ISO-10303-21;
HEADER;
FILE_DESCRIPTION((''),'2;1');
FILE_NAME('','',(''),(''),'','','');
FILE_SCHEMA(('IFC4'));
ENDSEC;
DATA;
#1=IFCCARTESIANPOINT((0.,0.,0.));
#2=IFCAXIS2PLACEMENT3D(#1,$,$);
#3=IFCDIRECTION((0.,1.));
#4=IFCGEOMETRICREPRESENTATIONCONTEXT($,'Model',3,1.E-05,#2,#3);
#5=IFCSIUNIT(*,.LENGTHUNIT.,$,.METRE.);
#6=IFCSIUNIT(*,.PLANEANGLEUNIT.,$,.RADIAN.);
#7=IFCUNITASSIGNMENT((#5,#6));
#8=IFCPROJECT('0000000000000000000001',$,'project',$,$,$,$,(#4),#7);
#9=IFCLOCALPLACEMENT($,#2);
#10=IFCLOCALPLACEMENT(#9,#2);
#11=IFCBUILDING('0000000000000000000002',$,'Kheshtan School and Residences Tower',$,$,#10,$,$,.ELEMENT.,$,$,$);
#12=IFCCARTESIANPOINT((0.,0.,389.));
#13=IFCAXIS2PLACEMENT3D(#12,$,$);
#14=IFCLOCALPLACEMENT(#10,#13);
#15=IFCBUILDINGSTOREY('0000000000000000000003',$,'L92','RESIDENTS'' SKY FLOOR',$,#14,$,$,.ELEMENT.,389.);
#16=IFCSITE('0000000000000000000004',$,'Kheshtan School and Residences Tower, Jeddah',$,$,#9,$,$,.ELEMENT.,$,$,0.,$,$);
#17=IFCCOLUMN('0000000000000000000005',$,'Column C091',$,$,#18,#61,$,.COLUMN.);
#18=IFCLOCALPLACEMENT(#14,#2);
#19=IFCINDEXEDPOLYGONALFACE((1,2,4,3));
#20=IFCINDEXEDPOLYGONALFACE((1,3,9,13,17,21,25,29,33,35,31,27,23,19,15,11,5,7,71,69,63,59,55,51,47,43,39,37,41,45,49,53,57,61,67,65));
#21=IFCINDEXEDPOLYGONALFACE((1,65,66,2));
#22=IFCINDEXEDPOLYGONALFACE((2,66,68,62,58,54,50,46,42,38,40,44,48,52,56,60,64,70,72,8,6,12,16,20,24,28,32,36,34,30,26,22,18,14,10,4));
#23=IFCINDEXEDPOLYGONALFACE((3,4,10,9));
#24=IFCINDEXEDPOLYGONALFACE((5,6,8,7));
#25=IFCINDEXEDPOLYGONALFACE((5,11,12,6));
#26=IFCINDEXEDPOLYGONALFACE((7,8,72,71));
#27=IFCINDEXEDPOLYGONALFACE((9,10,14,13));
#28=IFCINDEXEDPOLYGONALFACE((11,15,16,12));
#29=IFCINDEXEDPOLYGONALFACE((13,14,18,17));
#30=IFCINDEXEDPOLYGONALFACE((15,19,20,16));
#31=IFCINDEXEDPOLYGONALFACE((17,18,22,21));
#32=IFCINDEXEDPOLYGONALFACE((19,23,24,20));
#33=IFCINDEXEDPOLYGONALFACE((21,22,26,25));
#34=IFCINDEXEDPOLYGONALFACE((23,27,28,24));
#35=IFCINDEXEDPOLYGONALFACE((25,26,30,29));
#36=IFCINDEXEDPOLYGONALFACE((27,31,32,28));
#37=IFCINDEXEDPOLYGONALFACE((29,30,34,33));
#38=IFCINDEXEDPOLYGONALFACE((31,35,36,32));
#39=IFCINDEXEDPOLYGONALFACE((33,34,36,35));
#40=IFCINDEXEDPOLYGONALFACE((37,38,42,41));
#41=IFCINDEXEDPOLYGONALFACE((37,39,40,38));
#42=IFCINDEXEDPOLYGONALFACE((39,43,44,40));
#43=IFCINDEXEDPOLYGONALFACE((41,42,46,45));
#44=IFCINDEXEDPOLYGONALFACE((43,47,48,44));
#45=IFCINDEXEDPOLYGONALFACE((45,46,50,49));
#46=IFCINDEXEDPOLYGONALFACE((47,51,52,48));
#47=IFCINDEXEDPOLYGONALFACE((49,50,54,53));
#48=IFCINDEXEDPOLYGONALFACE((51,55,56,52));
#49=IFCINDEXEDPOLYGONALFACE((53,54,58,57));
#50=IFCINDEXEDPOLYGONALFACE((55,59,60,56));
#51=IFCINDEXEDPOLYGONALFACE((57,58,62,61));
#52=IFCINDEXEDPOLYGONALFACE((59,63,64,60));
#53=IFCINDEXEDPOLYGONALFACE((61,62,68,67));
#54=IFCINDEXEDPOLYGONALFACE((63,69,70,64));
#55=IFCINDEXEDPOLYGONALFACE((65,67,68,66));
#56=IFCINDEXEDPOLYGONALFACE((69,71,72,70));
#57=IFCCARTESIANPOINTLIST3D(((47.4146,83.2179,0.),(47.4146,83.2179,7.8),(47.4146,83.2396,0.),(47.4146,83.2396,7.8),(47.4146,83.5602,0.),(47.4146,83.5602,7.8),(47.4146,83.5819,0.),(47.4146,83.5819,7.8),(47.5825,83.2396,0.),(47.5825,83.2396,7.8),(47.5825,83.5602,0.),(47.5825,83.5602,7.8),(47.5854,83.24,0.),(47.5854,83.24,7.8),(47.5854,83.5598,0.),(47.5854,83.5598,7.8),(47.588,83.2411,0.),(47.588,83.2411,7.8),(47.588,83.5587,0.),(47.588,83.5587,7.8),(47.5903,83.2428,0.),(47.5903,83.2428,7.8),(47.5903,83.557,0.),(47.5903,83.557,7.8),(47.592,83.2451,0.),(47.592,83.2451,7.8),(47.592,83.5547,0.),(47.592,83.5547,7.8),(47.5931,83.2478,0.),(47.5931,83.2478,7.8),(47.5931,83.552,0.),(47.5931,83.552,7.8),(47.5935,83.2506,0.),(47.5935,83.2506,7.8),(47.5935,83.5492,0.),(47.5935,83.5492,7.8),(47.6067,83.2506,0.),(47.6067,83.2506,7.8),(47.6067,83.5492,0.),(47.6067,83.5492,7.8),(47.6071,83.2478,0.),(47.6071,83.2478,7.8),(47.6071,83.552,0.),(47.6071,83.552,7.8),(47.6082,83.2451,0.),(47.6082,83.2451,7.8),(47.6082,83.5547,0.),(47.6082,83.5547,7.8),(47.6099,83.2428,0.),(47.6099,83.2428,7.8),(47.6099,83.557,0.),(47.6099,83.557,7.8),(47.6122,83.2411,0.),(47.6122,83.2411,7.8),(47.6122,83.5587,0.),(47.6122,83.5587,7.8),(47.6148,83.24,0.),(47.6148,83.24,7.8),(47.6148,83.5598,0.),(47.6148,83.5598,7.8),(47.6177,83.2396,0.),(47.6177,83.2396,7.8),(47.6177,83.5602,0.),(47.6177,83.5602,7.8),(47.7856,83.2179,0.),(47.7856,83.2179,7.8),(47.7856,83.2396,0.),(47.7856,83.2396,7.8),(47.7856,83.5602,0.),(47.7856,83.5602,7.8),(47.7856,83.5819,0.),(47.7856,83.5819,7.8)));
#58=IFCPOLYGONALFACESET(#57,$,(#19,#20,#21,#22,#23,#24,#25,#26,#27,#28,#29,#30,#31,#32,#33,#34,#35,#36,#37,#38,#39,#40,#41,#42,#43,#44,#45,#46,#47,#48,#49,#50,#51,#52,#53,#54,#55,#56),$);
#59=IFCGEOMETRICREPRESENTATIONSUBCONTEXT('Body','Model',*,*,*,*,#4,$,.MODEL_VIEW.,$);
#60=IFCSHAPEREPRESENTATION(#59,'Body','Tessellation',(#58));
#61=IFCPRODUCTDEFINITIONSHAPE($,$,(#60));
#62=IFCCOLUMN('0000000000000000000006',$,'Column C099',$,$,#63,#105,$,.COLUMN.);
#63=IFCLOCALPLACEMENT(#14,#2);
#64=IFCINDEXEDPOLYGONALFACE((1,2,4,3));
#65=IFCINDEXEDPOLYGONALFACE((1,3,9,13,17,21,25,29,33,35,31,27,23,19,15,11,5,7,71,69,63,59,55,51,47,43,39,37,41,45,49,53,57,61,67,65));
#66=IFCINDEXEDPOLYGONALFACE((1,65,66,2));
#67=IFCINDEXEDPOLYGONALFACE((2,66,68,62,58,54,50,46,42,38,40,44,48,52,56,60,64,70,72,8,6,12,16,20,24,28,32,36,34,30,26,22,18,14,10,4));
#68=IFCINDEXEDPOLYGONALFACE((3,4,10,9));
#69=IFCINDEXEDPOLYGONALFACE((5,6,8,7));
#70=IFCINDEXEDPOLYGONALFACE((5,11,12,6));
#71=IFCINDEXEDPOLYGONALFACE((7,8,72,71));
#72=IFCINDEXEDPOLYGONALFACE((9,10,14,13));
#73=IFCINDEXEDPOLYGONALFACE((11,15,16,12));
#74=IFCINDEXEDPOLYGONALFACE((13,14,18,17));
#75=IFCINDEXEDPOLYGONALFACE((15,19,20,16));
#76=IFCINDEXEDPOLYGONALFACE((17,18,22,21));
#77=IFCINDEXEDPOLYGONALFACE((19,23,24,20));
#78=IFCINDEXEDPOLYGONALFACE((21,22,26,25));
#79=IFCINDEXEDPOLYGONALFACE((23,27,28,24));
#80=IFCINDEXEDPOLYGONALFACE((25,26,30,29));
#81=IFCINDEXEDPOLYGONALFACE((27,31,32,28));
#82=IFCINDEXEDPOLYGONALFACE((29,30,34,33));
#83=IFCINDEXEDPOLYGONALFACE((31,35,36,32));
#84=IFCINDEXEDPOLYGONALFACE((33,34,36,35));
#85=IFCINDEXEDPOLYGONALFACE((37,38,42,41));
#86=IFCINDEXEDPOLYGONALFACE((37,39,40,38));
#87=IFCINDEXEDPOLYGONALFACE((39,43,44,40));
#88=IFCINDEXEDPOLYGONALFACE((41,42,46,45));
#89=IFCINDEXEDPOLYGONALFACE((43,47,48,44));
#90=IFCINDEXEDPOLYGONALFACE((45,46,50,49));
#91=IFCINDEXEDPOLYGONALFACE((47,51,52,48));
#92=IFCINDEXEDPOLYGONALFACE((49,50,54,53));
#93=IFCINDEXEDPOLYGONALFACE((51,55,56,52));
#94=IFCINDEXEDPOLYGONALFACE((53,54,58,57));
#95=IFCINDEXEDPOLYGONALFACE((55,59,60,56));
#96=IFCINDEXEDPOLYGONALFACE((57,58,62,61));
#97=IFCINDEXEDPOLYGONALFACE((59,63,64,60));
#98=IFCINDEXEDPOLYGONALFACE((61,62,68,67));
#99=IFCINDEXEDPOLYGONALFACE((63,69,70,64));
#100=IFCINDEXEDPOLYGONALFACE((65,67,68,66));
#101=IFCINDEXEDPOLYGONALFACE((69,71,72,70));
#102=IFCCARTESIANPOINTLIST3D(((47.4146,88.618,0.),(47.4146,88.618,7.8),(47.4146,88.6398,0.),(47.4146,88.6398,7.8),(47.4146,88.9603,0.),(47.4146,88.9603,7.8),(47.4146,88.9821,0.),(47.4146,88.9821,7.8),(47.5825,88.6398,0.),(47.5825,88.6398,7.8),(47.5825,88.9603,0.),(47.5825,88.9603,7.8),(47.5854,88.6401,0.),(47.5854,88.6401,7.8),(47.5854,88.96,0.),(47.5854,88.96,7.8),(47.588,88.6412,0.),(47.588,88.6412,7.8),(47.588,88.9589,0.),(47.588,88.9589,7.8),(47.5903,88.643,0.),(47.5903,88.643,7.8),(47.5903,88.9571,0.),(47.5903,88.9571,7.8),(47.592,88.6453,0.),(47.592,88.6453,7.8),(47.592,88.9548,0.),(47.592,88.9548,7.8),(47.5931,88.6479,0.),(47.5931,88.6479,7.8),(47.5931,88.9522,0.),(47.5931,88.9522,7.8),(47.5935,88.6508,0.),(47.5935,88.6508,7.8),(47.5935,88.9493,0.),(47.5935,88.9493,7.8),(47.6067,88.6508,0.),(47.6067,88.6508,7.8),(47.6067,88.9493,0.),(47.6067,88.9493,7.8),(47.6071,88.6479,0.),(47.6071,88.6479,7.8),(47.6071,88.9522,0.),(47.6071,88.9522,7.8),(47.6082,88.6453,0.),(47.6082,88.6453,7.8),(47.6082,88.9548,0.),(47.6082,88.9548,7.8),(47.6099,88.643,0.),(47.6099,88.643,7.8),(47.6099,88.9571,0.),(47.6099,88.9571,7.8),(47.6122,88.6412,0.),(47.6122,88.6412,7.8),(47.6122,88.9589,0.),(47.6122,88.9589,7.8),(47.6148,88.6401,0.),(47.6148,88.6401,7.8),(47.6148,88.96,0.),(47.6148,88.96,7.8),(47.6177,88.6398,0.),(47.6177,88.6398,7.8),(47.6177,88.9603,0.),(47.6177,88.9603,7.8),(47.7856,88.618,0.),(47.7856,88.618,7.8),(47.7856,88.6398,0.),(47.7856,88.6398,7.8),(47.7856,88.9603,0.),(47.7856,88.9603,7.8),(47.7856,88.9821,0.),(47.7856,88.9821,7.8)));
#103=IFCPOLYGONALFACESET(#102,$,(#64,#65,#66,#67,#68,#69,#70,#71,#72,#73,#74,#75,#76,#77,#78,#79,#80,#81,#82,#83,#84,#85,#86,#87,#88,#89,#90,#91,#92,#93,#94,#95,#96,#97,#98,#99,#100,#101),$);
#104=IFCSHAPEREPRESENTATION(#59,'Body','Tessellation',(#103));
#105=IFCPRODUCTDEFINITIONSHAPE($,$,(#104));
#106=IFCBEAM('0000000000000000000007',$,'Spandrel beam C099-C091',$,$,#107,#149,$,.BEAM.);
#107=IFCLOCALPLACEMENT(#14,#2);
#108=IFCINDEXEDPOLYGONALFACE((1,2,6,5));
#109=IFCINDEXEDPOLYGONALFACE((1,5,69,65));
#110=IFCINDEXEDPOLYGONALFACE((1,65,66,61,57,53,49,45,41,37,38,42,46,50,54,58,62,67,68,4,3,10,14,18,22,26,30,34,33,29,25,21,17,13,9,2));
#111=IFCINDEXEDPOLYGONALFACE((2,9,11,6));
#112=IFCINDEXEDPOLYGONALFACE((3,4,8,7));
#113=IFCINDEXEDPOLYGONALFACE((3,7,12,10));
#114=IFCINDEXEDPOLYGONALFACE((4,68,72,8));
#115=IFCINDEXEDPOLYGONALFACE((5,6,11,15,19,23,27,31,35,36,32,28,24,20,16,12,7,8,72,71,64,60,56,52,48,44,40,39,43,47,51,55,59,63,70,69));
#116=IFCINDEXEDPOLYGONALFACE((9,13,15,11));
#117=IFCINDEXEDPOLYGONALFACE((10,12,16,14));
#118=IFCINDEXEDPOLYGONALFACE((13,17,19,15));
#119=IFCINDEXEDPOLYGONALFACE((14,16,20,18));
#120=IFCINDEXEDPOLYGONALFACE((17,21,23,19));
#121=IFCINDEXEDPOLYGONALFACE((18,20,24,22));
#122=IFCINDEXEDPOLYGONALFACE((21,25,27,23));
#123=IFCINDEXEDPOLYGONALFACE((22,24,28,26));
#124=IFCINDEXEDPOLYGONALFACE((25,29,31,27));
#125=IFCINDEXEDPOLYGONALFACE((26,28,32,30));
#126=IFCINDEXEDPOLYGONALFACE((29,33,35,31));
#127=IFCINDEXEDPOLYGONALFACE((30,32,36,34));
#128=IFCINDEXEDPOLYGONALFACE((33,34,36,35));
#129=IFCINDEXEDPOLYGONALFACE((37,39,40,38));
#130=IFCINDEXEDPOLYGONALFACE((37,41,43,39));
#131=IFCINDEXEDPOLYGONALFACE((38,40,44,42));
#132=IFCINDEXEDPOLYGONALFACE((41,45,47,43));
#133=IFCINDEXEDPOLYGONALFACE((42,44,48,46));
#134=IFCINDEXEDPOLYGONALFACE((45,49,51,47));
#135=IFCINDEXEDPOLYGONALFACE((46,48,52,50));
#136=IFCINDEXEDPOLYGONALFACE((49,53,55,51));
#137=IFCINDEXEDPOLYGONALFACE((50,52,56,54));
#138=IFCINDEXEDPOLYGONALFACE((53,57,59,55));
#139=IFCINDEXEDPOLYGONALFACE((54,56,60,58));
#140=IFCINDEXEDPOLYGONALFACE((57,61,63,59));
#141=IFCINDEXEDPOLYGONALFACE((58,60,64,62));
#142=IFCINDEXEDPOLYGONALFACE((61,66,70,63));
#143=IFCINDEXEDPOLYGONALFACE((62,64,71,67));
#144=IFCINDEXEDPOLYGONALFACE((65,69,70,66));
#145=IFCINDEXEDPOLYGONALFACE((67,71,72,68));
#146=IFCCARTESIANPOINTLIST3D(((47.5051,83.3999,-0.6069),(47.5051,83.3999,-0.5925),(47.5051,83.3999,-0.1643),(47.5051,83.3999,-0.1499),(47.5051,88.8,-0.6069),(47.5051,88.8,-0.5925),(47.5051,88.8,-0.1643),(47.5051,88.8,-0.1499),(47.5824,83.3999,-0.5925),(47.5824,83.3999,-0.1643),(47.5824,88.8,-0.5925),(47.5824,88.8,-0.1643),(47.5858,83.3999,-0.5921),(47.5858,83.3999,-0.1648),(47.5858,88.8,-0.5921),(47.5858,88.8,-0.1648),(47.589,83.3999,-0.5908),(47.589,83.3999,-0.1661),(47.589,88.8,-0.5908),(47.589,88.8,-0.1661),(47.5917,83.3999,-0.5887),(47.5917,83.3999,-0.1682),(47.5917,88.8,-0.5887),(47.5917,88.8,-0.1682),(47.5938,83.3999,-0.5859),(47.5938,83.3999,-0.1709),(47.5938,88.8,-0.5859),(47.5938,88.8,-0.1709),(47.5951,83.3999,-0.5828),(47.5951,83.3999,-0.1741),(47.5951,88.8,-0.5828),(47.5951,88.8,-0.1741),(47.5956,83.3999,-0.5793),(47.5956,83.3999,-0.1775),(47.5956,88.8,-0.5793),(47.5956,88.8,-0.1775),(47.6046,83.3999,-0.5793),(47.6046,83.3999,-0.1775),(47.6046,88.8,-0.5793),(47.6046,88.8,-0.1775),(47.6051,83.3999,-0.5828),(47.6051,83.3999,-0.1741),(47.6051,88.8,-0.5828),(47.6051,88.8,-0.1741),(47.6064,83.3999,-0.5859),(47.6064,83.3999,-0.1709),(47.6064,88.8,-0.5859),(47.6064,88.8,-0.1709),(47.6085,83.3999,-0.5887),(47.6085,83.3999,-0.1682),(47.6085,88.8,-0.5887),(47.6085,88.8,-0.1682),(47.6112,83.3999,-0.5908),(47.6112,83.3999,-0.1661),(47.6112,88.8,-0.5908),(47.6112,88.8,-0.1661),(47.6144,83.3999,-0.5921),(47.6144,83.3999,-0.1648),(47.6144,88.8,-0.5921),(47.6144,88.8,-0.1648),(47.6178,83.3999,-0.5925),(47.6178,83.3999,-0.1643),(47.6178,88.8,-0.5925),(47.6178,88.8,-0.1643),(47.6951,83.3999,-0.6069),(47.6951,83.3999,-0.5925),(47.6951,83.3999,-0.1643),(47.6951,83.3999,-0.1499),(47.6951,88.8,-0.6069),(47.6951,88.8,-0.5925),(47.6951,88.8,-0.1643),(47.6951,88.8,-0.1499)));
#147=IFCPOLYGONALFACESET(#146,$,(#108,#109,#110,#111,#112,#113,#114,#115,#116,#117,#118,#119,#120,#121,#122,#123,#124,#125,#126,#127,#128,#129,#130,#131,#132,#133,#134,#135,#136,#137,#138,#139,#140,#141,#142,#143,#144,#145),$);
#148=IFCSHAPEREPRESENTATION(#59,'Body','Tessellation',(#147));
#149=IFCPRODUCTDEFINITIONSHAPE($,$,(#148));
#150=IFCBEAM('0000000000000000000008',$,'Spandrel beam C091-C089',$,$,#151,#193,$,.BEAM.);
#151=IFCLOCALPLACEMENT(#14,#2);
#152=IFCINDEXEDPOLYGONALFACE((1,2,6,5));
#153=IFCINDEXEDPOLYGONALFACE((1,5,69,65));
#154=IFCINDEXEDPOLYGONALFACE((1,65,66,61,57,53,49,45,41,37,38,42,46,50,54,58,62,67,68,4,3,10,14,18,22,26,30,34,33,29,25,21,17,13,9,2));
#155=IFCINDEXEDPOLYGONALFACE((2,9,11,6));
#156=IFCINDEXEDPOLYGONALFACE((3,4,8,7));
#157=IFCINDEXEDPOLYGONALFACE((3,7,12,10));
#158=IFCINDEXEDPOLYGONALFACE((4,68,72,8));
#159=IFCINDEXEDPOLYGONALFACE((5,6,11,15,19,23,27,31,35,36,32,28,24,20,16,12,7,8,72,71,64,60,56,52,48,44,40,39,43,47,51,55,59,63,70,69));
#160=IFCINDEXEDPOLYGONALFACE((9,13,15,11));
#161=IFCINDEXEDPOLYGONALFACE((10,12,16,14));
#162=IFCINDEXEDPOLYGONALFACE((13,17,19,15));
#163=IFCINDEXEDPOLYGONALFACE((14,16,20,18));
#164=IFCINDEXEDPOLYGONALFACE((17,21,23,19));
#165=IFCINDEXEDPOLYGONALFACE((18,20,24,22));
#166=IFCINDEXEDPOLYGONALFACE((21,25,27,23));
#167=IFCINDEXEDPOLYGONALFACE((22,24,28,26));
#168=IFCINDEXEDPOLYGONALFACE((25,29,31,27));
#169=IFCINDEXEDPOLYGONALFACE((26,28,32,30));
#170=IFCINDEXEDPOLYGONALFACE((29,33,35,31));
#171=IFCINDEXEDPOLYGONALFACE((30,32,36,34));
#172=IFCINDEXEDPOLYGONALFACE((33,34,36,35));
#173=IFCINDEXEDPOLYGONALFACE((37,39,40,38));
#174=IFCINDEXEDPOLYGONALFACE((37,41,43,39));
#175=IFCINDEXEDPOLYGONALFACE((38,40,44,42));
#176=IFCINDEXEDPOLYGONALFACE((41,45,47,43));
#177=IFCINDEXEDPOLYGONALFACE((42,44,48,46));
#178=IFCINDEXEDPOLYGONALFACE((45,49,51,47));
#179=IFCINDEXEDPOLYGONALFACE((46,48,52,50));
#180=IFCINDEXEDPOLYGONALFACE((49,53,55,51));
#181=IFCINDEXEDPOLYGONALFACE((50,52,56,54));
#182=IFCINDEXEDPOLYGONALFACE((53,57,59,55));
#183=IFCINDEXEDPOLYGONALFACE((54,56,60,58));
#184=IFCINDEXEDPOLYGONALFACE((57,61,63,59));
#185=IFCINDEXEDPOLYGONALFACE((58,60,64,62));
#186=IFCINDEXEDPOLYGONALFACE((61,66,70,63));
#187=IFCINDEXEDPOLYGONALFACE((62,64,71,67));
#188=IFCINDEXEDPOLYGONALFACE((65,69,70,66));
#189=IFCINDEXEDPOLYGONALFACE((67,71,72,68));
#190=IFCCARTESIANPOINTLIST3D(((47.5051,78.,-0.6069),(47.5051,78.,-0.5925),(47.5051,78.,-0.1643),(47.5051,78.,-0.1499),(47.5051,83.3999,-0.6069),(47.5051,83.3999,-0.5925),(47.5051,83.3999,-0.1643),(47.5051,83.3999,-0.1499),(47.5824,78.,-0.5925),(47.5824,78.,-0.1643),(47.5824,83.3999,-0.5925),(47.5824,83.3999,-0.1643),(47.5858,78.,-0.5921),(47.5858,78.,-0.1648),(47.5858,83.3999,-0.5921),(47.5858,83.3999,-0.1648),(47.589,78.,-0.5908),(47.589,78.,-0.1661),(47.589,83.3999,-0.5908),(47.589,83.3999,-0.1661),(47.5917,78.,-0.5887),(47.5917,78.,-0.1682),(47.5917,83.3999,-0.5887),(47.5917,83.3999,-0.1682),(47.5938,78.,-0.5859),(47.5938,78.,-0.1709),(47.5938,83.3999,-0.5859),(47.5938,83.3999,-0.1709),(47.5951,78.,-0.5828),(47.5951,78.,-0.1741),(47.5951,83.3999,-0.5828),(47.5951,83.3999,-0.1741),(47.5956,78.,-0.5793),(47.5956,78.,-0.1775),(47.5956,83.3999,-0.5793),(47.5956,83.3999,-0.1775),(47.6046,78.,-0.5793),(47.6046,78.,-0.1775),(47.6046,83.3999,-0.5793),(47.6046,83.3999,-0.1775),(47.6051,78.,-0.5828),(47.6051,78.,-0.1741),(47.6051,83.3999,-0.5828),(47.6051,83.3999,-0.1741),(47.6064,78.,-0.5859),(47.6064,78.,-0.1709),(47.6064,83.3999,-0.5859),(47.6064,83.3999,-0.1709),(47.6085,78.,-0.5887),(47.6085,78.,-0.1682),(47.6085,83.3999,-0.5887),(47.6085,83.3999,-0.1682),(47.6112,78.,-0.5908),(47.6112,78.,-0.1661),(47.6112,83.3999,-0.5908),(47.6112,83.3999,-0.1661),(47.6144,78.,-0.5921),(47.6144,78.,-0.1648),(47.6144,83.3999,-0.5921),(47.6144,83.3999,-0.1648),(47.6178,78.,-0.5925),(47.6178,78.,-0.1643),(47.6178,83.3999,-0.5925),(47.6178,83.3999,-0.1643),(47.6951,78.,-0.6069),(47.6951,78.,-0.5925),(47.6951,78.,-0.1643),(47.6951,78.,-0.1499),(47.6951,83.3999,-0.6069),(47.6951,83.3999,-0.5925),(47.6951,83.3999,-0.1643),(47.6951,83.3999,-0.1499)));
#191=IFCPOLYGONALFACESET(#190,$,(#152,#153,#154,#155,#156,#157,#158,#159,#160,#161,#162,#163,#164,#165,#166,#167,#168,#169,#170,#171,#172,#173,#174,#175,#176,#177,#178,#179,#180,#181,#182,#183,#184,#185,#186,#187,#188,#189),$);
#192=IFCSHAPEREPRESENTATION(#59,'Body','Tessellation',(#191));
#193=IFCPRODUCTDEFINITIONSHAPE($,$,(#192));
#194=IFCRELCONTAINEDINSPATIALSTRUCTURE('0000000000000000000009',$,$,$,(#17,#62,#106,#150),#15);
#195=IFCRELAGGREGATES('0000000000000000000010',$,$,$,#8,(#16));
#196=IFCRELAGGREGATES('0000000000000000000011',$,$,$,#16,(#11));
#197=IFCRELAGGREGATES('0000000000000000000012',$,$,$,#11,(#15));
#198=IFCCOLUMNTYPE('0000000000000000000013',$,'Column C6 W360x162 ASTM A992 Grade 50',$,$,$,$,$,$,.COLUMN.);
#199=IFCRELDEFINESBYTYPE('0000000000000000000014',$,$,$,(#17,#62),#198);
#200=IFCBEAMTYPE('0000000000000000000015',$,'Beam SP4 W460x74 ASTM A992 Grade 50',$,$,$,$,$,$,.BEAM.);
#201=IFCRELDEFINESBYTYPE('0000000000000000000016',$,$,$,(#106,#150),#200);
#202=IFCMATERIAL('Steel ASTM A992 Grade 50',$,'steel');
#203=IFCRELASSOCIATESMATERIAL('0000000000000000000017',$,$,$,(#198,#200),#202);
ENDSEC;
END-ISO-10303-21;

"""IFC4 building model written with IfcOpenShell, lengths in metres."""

from ifc_helpers import new_model, si_unit, direction, frame, origin, origin_2d, place, context, subcontext, project, spatial, i_section, extrude, material, material_profile, profile_set, type_object, element, save


model = new_model("IFC4")

# Units and contexts
model_context = context("Model", 3, precision=1e-05, world=origin(), true_north=direction((0.0, 1.0)))
body_context = subcontext(model_context, "Body", "Model", "MODEL_VIEW")
ifc_project = project(units=[si_unit("LENGTHUNIT", "METRE"), si_unit("PLANEANGLEUNIT", "RADIAN")], contexts=[model_context])

# Site, building, storey
site_placement = place(None, origin())
site = spatial("IfcSite", under=ifc_project, at=site_placement, Name="Kheshtan School and Residences Tower, Jeddah", CompositionType="ELEMENT", RefElevation=0.0)
building_placement = place(site_placement, origin())
building = spatial("IfcBuilding", under=site, at=building_placement, Name="Kheshtan School and Residences Tower", CompositionType="ELEMENT")
storey_placement = place(building_placement, frame((0.0, 0.0, 389.0)))
storey = spatial("IfcBuildingStorey", under=building, at=storey_placement, Name="L92", Description="RESIDENTS' SKY FLOOR", CompositionType="ELEMENT", Elevation=389.0)

# Columns
ifc_material_1 = material(Name="Steel ASTM A992 Grade 50", Category="steel")
ifc_material_profile_1 = material_profile(ifc_material_1, i_section(OverallWidth=0.3711, OverallDepth=0.364, WebThickness=0.0132, FlangeThickness=0.0217, FilletRadius=0.011, at=origin_2d()), Name="W360x162")
ifc_profile_set_1 = profile_set([ifc_material_profile_1], Name="Steel ASTM A992 Grade 50")
column_type = type_object("IfcColumnType", Name="Column C6 W360x162 ASTM A992 Grade 50", PredefinedType="COLUMN", material=ifc_profile_set_1)
for number, where, z_axis, x_axis, name in (
    (1, (47.6001, 83.3999, 0.0), (0.0, 0.0, 1.0), (1.0, 0.0, 0.0), "Column C091"),
    (2, (47.6001, 88.8, 0.0), (0.0, 0.0, 1.0), (1.0, 0.0, 0.0), "Column C099"),
):
    element("IfcColumn", number, at=place(storey_placement, frame(where, z_axis=z_axis, x_axis=x_axis)), inside=storey, type_object=column_type, Name=name, PredefinedType="COLUMN", context=body_context, shape_type="SweptSolid", body=[
        extrude(i_section(OverallWidth=0.3711, OverallDepth=0.364, WebThickness=0.0132, FlangeThickness=0.0217, FilletRadius=0.011, at=origin_2d()), origin(), (0.0, 0.0, 1.0), 7.8),
    ])

# Beams
ifc_material_profile_2 = material_profile(ifc_material_1, i_section(OverallWidth=0.1899, OverallDepth=0.457, WebThickness=0.009, FlangeThickness=0.0144, FilletRadius=0.0132, at=origin_2d()), Name="W460x74")
ifc_profile_set_2 = profile_set([ifc_material_profile_2], Name="Steel ASTM A992 Grade 50")
beam_type = type_object("IfcBeamType", Name="Beam SP4 W460x74 ASTM A992 Grade 50", PredefinedType="BEAM", material=ifc_profile_set_2)
beam_1_placement = place(storey_placement, frame((47.6001, 88.8, -0.3784), z_axis=(0.0, -1.0, 0.0), x_axis=(1.0, 0.0, 0.0)))
element("IfcBeam", 3, at=beam_1_placement, inside=storey, type_object=beam_type, Name="Spandrel beam C099-C091", PredefinedType="BEAM", context=body_context, shape_type="SweptSolid", body=[
    extrude(i_section(OverallWidth=0.1899, OverallDepth=0.457, WebThickness=0.009, FlangeThickness=0.0144, FilletRadius=0.0132, at=origin_2d()), origin(), (0.0, 0.0, 1.0), 5.4001),
])
beam_2_placement = place(storey_placement, frame((47.6001, 83.3999, -0.3784), z_axis=(0.0, -1.0, 0.0), x_axis=(1.0, 0.0, 0.0)))
element("IfcBeam", 4, at=beam_2_placement, inside=storey, type_object=beam_type, Name="Spandrel beam C091-C089", PredefinedType="BEAM", context=body_context, shape_type="SweptSolid", body=[
    extrude(i_section(OverallWidth=0.1899, OverallDepth=0.457, WebThickness=0.009, FlangeThickness=0.0144, FilletRadius=0.0132, at=origin_2d()), origin(), (0.0, 0.0, 1.0), 5.3999),
])

save(model, "model.ifc")
